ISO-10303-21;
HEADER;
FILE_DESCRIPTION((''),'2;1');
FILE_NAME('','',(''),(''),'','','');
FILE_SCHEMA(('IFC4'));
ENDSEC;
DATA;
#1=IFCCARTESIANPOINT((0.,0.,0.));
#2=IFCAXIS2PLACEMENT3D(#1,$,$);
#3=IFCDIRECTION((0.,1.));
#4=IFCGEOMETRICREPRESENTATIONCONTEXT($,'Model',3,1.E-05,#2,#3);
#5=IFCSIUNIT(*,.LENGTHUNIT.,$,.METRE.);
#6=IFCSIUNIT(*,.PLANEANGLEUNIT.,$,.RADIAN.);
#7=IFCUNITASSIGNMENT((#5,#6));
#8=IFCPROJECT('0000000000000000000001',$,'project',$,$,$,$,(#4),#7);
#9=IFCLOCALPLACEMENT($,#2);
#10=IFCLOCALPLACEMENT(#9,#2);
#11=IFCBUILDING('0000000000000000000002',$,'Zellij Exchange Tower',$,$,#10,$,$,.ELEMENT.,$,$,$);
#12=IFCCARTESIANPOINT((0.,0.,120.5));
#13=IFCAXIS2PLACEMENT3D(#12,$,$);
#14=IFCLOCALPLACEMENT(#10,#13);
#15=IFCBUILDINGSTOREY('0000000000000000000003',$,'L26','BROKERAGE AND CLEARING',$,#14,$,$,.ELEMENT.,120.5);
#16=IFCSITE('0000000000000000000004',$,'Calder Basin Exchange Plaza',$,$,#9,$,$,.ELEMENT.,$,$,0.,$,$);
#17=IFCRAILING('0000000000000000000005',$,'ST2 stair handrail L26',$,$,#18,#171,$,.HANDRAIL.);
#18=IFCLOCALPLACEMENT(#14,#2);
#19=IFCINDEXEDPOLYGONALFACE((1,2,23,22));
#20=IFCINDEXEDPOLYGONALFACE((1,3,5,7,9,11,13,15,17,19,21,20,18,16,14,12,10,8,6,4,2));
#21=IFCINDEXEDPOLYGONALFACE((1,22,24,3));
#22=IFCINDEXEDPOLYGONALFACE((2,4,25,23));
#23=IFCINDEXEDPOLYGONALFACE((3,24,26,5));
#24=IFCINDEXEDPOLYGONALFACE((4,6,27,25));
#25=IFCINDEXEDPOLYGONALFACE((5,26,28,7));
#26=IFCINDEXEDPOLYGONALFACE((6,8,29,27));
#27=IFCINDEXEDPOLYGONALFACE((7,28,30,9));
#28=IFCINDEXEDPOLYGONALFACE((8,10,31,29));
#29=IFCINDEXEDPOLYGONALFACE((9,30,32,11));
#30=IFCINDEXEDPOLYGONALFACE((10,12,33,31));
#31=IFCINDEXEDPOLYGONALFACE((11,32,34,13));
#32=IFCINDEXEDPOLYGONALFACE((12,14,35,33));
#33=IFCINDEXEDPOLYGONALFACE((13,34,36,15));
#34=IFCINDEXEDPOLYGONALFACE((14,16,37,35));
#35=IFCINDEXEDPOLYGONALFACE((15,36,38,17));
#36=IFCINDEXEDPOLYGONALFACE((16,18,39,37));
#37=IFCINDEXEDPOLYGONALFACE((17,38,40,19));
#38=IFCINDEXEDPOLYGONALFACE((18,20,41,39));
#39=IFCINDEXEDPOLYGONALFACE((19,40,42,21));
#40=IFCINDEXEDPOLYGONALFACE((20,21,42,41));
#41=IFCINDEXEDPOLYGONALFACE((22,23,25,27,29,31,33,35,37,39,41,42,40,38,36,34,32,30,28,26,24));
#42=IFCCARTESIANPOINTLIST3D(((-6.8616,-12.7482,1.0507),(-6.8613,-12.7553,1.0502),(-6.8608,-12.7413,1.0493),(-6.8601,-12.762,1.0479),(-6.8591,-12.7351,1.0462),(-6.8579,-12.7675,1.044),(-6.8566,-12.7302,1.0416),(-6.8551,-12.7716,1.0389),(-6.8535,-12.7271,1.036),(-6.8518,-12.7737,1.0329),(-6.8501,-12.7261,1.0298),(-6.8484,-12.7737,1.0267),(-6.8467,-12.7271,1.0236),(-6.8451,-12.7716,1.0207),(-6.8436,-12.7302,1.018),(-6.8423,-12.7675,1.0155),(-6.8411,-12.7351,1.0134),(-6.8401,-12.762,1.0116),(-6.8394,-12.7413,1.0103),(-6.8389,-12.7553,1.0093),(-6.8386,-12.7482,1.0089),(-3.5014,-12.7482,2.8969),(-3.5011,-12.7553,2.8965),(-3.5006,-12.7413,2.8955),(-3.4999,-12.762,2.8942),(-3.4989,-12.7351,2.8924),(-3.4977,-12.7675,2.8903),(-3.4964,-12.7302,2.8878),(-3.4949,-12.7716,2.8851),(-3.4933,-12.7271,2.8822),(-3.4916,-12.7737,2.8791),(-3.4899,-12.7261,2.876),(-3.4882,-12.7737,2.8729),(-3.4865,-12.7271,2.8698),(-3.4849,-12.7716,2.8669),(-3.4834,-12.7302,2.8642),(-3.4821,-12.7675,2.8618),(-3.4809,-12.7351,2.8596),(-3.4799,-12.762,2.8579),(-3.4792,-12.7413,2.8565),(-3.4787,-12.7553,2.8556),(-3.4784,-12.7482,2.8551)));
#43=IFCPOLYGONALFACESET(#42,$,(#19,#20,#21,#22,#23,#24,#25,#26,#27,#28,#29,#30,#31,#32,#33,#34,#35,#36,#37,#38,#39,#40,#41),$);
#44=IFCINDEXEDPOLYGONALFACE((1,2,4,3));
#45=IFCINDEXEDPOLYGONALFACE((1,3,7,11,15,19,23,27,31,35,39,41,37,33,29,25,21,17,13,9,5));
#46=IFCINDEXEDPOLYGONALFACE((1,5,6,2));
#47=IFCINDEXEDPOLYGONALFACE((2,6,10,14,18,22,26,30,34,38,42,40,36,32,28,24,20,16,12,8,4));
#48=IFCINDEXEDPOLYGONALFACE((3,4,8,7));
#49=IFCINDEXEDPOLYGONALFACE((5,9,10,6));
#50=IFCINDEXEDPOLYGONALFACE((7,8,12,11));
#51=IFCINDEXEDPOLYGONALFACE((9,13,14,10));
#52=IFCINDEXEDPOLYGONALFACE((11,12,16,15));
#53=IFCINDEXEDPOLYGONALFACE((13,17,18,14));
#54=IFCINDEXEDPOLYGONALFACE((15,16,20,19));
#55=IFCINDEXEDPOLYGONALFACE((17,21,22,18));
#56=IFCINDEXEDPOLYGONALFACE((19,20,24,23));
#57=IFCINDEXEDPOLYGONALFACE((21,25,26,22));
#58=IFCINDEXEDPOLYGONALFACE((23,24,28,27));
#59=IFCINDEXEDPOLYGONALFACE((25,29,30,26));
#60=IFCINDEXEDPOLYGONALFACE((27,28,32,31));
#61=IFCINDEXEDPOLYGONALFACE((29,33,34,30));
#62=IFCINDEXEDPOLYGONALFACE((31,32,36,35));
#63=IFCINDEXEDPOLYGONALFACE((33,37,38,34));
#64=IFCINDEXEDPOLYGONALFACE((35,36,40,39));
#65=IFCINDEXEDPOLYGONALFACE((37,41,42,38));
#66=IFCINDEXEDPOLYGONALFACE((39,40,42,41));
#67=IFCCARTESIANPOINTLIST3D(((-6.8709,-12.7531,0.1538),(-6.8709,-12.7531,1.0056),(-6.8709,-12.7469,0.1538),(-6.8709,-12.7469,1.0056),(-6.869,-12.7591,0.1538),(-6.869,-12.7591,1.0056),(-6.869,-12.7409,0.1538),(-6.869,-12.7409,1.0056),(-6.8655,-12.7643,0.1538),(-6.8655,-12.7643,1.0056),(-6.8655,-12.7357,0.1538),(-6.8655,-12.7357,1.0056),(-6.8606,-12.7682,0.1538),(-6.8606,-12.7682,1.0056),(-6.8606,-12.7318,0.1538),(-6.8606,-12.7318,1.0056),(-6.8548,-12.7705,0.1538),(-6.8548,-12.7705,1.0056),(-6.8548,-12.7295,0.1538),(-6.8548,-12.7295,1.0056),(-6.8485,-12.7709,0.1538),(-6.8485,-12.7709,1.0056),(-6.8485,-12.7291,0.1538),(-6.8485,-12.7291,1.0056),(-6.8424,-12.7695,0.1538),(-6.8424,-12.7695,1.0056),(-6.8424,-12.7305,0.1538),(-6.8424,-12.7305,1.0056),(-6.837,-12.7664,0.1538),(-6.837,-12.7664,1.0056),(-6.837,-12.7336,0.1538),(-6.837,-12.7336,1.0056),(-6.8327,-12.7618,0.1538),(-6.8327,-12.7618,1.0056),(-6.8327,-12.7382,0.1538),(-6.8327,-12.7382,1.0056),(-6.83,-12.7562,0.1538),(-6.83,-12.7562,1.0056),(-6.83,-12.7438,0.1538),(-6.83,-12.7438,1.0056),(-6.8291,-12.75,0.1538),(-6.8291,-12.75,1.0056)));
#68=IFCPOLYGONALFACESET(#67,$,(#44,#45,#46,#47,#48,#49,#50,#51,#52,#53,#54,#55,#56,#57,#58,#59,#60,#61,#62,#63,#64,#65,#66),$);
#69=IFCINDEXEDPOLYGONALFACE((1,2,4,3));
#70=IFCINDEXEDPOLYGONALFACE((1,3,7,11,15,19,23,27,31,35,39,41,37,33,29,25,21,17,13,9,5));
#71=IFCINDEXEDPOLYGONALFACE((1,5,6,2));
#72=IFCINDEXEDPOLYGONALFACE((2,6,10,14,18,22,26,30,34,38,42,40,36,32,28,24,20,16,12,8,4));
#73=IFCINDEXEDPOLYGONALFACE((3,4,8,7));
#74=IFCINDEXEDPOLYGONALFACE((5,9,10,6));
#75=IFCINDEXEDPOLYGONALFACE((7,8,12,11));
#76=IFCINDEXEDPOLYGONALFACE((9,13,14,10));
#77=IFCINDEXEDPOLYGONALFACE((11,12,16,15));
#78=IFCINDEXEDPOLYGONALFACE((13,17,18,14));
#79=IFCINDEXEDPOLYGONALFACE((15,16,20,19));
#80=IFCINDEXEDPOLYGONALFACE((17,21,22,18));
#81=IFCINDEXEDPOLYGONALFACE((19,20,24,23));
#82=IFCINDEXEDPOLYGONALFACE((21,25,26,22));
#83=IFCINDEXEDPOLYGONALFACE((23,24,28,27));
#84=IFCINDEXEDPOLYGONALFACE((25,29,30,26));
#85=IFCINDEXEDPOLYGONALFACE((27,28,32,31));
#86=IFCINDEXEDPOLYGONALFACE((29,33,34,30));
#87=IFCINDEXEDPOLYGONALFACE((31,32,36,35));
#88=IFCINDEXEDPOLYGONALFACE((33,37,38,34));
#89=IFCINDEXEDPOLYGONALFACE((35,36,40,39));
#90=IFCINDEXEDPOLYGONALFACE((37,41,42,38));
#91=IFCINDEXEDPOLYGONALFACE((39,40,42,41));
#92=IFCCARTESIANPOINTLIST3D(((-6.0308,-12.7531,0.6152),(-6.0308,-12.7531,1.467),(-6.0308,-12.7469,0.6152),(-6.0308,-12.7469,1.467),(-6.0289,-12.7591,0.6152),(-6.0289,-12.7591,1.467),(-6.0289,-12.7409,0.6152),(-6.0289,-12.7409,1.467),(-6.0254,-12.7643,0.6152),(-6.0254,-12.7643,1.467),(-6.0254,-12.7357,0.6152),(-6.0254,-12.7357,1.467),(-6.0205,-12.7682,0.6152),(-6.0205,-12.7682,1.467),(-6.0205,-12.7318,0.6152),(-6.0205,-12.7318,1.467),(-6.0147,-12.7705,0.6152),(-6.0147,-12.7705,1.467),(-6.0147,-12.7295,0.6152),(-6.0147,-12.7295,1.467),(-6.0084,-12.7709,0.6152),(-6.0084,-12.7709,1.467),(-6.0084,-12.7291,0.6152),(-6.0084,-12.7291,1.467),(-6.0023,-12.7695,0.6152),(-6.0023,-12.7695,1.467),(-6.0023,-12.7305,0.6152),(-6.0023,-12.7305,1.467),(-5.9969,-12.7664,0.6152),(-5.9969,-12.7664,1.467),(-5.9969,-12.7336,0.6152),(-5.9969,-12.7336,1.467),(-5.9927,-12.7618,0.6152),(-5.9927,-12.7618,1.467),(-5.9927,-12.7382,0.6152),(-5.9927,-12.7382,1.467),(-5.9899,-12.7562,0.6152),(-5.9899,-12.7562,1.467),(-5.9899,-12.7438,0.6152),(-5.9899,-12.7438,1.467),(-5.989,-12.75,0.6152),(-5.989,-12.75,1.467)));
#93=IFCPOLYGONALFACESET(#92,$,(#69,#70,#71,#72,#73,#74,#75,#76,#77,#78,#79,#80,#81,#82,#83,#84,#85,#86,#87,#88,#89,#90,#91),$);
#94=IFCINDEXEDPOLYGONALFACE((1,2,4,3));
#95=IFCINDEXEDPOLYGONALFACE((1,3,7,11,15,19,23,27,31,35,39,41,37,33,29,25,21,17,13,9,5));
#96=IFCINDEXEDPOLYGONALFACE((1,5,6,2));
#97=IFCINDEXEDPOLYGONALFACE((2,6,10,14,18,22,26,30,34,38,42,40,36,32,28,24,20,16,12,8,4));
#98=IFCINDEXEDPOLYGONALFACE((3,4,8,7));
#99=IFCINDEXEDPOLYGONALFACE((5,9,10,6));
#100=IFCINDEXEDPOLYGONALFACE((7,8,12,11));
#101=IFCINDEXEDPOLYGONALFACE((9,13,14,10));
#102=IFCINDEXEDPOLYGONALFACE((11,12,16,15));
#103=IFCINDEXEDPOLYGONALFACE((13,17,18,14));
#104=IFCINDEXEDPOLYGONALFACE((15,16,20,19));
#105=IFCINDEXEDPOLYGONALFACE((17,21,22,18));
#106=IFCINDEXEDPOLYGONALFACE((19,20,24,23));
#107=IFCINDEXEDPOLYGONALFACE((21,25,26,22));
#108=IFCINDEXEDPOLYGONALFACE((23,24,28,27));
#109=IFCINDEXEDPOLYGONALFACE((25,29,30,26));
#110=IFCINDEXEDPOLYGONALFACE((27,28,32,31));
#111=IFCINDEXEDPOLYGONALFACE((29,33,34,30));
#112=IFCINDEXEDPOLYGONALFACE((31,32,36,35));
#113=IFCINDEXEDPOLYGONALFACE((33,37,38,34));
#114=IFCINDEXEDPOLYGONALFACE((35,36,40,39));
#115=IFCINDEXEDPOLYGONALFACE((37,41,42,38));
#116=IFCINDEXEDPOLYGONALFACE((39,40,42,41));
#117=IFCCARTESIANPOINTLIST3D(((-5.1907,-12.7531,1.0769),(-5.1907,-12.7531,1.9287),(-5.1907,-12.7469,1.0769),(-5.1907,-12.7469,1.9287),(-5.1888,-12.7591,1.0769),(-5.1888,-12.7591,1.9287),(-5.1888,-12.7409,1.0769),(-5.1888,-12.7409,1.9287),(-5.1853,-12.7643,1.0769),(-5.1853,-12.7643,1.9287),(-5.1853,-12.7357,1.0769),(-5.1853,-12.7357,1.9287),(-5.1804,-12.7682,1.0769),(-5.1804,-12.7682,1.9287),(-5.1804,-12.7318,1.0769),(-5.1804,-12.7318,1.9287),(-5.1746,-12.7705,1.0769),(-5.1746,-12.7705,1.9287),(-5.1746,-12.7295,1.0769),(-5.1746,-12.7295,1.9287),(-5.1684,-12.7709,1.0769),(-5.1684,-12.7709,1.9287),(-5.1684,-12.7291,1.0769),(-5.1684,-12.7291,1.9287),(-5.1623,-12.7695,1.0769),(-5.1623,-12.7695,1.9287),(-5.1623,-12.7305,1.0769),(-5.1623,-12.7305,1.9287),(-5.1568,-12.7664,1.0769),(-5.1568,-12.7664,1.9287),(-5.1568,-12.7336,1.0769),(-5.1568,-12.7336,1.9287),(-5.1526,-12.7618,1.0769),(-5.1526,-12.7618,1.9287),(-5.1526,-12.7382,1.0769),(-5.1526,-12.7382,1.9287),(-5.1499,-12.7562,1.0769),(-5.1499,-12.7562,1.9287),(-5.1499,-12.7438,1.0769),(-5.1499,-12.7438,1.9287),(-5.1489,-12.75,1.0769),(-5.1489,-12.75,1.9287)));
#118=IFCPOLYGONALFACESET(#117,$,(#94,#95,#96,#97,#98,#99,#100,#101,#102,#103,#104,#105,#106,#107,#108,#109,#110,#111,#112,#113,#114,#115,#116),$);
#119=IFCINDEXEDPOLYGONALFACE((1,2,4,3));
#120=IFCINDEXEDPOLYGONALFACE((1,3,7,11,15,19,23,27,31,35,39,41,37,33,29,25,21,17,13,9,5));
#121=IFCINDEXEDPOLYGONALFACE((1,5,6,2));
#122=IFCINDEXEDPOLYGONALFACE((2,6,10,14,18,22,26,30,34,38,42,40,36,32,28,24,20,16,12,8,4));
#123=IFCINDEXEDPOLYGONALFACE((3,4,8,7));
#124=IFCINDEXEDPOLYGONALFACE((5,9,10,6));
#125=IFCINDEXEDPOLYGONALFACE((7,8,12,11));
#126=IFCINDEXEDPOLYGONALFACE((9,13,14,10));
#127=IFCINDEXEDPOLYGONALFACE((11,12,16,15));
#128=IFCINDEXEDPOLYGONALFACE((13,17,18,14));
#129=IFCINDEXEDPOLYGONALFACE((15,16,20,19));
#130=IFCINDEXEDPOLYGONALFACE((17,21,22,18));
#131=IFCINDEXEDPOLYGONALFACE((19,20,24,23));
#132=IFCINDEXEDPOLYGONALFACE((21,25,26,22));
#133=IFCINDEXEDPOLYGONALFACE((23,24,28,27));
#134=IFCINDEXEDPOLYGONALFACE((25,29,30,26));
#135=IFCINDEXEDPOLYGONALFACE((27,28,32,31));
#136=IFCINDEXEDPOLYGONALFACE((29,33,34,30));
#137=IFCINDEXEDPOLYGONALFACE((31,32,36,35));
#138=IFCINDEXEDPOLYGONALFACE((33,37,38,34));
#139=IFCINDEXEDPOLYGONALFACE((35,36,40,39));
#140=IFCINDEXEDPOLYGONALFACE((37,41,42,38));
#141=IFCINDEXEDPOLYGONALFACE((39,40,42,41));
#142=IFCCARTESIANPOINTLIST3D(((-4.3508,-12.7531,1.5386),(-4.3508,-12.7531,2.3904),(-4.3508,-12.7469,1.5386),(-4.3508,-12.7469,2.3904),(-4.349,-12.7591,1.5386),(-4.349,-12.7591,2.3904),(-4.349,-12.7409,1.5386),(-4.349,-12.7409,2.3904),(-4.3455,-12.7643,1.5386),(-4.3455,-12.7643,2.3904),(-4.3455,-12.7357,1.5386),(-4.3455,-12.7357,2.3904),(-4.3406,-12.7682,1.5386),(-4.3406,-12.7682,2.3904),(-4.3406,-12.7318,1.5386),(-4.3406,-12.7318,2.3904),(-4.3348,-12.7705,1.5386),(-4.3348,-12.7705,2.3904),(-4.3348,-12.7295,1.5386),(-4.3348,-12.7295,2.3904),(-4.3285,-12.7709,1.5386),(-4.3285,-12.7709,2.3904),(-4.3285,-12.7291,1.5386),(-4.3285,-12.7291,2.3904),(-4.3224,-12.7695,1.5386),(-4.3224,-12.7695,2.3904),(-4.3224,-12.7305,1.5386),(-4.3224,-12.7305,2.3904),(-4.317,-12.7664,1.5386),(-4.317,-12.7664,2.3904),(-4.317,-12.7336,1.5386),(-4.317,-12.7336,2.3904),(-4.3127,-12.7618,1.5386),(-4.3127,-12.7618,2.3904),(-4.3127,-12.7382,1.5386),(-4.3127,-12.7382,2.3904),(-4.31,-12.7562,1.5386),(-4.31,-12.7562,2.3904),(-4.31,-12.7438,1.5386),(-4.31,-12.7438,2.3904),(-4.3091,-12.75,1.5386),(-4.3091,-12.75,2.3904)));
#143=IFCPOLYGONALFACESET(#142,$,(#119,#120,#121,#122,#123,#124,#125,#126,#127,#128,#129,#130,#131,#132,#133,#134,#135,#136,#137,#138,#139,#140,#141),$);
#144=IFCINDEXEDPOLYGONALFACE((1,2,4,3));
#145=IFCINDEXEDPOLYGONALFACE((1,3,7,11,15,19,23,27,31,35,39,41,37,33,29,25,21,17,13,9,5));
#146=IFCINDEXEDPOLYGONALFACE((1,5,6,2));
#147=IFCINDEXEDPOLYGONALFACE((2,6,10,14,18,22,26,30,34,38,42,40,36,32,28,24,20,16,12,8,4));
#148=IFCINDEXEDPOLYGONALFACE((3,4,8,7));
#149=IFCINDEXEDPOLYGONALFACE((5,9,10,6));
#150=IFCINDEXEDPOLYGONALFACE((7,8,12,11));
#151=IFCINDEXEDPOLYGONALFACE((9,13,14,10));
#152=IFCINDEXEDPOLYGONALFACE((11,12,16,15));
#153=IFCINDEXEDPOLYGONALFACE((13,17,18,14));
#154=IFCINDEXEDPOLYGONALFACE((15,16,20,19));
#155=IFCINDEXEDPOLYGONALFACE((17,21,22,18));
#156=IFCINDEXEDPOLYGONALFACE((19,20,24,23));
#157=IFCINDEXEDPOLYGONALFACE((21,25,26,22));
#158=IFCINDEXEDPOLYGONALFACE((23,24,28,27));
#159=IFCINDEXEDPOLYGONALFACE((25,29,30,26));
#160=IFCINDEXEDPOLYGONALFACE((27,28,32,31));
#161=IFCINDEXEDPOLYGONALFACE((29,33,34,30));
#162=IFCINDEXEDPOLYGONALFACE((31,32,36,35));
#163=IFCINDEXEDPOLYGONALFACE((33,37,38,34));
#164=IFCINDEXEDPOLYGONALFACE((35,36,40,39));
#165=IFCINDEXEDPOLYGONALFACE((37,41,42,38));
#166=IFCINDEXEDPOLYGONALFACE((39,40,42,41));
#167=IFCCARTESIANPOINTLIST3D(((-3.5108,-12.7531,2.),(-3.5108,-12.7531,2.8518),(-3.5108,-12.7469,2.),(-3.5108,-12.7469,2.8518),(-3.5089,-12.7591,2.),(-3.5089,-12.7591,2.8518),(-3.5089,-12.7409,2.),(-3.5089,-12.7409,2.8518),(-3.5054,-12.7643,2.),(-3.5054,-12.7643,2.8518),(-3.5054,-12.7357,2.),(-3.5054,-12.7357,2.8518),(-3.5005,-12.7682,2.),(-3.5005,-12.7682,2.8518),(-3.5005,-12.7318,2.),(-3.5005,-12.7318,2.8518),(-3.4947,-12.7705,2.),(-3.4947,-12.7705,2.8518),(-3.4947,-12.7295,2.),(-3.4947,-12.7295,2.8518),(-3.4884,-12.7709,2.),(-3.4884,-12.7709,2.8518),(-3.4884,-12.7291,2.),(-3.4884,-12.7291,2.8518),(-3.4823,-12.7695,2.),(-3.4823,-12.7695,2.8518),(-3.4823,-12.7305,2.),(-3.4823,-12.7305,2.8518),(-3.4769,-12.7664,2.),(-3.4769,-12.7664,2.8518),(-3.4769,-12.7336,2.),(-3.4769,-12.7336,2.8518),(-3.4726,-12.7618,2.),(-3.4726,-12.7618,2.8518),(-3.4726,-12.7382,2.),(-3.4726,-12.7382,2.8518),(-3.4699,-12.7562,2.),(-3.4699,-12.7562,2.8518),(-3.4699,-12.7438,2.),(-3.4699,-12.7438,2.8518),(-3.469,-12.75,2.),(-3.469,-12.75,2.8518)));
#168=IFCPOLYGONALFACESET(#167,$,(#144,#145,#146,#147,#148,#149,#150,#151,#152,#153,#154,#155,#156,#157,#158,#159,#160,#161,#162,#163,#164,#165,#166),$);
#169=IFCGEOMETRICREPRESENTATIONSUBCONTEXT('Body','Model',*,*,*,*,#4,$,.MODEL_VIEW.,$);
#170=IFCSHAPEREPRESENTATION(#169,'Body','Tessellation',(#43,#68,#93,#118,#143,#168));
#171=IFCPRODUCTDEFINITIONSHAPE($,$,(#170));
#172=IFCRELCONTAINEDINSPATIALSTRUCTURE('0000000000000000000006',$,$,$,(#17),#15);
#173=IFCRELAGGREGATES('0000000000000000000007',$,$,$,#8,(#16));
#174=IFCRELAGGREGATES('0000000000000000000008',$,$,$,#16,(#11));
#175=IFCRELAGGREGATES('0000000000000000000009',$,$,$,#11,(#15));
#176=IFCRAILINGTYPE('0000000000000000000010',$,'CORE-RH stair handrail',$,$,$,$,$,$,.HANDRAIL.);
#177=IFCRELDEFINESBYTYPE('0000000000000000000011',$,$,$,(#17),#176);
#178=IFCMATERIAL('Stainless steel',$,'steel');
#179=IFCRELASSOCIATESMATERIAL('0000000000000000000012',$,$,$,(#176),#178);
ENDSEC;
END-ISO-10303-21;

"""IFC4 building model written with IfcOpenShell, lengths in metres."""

from ifc_helpers import new_model, si_unit, direction, frame, origin, origin_2d, place, context, subcontext, project, spatial, circle, extrude, material, type_object, element, save


model = new_model("IFC4")

# Units and contexts
model_context = context("Model", 3, precision=1e-05, world=origin(), true_north=direction((0.0, 1.0)))
body_context = subcontext(model_context, "Body", "Model", "MODEL_VIEW")
ifc_project = project(units=[si_unit("LENGTHUNIT", "METRE"), si_unit("PLANEANGLEUNIT", "RADIAN")], contexts=[model_context])

# Site, building, storey
site_placement = place(None, origin())
site = spatial("IfcSite", under=ifc_project, at=site_placement, Name="Calder Basin Exchange Plaza", CompositionType="ELEMENT", RefElevation=0.0)
building_placement = place(site_placement, origin())
building = spatial("IfcBuilding", under=site, at=building_placement, Name="Zellij Exchange Tower", CompositionType="ELEMENT")
storey_placement = place(building_placement, frame((0.0, 0.0, 120.5)))
storey = spatial("IfcBuildingStorey", under=building, at=storey_placement, Name="L26", Description="BROKERAGE AND CLEARING", CompositionType="ELEMENT", Elevation=120.5)

# Railing
ifc_material_1 = material(Name="Stainless steel", Category="steel")
railing_type_1 = type_object("IfcRailingType", Name="CORE-RH stair handrail", PredefinedType="HANDRAIL", material=ifc_material_1)
railing_1_placement = place(storey_placement, frame((-6.8501, -12.75, 0.1538)))
element("IfcRailing", 1, at=railing_1_placement, inside=storey, type_object=railing_type_1, Name="ST2 stair handrail L26", PredefinedType="HANDRAIL", context=body_context, shape_type="SweptSolid", body=[
    extrude(circle(Radius=0.0239, at=origin_2d()), frame((0.0, 0.0, 0.876), z_axis=(0.876422, 0.0, 0.481545), x_axis=(0.0, 1.0, 0.0)), (0.0, 0.0, 1.0), 3.834),
    extrude(circle(Radius=0.021, at=origin_2d()), origin(), (0.0, 0.0, 1.0), 0.8518),
    extrude(circle(Radius=0.021, at=origin_2d()), frame((0.8401, 0.0, 0.4614)), (0.0, 0.0, 1.0), 0.8518),
    extrude(circle(Radius=0.021, at=origin_2d()), frame((1.6802, 0.0, 0.9231)), (0.0, 0.0, 1.0), 0.8518),
    extrude(circle(Radius=0.021, at=origin_2d()), frame((2.52, 0.0, 1.3848)), (0.0, 0.0, 1.0), 0.8518),
    extrude(circle(Radius=0.021, at=origin_2d()), frame((3.3601, 0.0, 1.8462)), (0.0, 0.0, 1.0), 0.8518),
])

save(model, "model.ifc")
